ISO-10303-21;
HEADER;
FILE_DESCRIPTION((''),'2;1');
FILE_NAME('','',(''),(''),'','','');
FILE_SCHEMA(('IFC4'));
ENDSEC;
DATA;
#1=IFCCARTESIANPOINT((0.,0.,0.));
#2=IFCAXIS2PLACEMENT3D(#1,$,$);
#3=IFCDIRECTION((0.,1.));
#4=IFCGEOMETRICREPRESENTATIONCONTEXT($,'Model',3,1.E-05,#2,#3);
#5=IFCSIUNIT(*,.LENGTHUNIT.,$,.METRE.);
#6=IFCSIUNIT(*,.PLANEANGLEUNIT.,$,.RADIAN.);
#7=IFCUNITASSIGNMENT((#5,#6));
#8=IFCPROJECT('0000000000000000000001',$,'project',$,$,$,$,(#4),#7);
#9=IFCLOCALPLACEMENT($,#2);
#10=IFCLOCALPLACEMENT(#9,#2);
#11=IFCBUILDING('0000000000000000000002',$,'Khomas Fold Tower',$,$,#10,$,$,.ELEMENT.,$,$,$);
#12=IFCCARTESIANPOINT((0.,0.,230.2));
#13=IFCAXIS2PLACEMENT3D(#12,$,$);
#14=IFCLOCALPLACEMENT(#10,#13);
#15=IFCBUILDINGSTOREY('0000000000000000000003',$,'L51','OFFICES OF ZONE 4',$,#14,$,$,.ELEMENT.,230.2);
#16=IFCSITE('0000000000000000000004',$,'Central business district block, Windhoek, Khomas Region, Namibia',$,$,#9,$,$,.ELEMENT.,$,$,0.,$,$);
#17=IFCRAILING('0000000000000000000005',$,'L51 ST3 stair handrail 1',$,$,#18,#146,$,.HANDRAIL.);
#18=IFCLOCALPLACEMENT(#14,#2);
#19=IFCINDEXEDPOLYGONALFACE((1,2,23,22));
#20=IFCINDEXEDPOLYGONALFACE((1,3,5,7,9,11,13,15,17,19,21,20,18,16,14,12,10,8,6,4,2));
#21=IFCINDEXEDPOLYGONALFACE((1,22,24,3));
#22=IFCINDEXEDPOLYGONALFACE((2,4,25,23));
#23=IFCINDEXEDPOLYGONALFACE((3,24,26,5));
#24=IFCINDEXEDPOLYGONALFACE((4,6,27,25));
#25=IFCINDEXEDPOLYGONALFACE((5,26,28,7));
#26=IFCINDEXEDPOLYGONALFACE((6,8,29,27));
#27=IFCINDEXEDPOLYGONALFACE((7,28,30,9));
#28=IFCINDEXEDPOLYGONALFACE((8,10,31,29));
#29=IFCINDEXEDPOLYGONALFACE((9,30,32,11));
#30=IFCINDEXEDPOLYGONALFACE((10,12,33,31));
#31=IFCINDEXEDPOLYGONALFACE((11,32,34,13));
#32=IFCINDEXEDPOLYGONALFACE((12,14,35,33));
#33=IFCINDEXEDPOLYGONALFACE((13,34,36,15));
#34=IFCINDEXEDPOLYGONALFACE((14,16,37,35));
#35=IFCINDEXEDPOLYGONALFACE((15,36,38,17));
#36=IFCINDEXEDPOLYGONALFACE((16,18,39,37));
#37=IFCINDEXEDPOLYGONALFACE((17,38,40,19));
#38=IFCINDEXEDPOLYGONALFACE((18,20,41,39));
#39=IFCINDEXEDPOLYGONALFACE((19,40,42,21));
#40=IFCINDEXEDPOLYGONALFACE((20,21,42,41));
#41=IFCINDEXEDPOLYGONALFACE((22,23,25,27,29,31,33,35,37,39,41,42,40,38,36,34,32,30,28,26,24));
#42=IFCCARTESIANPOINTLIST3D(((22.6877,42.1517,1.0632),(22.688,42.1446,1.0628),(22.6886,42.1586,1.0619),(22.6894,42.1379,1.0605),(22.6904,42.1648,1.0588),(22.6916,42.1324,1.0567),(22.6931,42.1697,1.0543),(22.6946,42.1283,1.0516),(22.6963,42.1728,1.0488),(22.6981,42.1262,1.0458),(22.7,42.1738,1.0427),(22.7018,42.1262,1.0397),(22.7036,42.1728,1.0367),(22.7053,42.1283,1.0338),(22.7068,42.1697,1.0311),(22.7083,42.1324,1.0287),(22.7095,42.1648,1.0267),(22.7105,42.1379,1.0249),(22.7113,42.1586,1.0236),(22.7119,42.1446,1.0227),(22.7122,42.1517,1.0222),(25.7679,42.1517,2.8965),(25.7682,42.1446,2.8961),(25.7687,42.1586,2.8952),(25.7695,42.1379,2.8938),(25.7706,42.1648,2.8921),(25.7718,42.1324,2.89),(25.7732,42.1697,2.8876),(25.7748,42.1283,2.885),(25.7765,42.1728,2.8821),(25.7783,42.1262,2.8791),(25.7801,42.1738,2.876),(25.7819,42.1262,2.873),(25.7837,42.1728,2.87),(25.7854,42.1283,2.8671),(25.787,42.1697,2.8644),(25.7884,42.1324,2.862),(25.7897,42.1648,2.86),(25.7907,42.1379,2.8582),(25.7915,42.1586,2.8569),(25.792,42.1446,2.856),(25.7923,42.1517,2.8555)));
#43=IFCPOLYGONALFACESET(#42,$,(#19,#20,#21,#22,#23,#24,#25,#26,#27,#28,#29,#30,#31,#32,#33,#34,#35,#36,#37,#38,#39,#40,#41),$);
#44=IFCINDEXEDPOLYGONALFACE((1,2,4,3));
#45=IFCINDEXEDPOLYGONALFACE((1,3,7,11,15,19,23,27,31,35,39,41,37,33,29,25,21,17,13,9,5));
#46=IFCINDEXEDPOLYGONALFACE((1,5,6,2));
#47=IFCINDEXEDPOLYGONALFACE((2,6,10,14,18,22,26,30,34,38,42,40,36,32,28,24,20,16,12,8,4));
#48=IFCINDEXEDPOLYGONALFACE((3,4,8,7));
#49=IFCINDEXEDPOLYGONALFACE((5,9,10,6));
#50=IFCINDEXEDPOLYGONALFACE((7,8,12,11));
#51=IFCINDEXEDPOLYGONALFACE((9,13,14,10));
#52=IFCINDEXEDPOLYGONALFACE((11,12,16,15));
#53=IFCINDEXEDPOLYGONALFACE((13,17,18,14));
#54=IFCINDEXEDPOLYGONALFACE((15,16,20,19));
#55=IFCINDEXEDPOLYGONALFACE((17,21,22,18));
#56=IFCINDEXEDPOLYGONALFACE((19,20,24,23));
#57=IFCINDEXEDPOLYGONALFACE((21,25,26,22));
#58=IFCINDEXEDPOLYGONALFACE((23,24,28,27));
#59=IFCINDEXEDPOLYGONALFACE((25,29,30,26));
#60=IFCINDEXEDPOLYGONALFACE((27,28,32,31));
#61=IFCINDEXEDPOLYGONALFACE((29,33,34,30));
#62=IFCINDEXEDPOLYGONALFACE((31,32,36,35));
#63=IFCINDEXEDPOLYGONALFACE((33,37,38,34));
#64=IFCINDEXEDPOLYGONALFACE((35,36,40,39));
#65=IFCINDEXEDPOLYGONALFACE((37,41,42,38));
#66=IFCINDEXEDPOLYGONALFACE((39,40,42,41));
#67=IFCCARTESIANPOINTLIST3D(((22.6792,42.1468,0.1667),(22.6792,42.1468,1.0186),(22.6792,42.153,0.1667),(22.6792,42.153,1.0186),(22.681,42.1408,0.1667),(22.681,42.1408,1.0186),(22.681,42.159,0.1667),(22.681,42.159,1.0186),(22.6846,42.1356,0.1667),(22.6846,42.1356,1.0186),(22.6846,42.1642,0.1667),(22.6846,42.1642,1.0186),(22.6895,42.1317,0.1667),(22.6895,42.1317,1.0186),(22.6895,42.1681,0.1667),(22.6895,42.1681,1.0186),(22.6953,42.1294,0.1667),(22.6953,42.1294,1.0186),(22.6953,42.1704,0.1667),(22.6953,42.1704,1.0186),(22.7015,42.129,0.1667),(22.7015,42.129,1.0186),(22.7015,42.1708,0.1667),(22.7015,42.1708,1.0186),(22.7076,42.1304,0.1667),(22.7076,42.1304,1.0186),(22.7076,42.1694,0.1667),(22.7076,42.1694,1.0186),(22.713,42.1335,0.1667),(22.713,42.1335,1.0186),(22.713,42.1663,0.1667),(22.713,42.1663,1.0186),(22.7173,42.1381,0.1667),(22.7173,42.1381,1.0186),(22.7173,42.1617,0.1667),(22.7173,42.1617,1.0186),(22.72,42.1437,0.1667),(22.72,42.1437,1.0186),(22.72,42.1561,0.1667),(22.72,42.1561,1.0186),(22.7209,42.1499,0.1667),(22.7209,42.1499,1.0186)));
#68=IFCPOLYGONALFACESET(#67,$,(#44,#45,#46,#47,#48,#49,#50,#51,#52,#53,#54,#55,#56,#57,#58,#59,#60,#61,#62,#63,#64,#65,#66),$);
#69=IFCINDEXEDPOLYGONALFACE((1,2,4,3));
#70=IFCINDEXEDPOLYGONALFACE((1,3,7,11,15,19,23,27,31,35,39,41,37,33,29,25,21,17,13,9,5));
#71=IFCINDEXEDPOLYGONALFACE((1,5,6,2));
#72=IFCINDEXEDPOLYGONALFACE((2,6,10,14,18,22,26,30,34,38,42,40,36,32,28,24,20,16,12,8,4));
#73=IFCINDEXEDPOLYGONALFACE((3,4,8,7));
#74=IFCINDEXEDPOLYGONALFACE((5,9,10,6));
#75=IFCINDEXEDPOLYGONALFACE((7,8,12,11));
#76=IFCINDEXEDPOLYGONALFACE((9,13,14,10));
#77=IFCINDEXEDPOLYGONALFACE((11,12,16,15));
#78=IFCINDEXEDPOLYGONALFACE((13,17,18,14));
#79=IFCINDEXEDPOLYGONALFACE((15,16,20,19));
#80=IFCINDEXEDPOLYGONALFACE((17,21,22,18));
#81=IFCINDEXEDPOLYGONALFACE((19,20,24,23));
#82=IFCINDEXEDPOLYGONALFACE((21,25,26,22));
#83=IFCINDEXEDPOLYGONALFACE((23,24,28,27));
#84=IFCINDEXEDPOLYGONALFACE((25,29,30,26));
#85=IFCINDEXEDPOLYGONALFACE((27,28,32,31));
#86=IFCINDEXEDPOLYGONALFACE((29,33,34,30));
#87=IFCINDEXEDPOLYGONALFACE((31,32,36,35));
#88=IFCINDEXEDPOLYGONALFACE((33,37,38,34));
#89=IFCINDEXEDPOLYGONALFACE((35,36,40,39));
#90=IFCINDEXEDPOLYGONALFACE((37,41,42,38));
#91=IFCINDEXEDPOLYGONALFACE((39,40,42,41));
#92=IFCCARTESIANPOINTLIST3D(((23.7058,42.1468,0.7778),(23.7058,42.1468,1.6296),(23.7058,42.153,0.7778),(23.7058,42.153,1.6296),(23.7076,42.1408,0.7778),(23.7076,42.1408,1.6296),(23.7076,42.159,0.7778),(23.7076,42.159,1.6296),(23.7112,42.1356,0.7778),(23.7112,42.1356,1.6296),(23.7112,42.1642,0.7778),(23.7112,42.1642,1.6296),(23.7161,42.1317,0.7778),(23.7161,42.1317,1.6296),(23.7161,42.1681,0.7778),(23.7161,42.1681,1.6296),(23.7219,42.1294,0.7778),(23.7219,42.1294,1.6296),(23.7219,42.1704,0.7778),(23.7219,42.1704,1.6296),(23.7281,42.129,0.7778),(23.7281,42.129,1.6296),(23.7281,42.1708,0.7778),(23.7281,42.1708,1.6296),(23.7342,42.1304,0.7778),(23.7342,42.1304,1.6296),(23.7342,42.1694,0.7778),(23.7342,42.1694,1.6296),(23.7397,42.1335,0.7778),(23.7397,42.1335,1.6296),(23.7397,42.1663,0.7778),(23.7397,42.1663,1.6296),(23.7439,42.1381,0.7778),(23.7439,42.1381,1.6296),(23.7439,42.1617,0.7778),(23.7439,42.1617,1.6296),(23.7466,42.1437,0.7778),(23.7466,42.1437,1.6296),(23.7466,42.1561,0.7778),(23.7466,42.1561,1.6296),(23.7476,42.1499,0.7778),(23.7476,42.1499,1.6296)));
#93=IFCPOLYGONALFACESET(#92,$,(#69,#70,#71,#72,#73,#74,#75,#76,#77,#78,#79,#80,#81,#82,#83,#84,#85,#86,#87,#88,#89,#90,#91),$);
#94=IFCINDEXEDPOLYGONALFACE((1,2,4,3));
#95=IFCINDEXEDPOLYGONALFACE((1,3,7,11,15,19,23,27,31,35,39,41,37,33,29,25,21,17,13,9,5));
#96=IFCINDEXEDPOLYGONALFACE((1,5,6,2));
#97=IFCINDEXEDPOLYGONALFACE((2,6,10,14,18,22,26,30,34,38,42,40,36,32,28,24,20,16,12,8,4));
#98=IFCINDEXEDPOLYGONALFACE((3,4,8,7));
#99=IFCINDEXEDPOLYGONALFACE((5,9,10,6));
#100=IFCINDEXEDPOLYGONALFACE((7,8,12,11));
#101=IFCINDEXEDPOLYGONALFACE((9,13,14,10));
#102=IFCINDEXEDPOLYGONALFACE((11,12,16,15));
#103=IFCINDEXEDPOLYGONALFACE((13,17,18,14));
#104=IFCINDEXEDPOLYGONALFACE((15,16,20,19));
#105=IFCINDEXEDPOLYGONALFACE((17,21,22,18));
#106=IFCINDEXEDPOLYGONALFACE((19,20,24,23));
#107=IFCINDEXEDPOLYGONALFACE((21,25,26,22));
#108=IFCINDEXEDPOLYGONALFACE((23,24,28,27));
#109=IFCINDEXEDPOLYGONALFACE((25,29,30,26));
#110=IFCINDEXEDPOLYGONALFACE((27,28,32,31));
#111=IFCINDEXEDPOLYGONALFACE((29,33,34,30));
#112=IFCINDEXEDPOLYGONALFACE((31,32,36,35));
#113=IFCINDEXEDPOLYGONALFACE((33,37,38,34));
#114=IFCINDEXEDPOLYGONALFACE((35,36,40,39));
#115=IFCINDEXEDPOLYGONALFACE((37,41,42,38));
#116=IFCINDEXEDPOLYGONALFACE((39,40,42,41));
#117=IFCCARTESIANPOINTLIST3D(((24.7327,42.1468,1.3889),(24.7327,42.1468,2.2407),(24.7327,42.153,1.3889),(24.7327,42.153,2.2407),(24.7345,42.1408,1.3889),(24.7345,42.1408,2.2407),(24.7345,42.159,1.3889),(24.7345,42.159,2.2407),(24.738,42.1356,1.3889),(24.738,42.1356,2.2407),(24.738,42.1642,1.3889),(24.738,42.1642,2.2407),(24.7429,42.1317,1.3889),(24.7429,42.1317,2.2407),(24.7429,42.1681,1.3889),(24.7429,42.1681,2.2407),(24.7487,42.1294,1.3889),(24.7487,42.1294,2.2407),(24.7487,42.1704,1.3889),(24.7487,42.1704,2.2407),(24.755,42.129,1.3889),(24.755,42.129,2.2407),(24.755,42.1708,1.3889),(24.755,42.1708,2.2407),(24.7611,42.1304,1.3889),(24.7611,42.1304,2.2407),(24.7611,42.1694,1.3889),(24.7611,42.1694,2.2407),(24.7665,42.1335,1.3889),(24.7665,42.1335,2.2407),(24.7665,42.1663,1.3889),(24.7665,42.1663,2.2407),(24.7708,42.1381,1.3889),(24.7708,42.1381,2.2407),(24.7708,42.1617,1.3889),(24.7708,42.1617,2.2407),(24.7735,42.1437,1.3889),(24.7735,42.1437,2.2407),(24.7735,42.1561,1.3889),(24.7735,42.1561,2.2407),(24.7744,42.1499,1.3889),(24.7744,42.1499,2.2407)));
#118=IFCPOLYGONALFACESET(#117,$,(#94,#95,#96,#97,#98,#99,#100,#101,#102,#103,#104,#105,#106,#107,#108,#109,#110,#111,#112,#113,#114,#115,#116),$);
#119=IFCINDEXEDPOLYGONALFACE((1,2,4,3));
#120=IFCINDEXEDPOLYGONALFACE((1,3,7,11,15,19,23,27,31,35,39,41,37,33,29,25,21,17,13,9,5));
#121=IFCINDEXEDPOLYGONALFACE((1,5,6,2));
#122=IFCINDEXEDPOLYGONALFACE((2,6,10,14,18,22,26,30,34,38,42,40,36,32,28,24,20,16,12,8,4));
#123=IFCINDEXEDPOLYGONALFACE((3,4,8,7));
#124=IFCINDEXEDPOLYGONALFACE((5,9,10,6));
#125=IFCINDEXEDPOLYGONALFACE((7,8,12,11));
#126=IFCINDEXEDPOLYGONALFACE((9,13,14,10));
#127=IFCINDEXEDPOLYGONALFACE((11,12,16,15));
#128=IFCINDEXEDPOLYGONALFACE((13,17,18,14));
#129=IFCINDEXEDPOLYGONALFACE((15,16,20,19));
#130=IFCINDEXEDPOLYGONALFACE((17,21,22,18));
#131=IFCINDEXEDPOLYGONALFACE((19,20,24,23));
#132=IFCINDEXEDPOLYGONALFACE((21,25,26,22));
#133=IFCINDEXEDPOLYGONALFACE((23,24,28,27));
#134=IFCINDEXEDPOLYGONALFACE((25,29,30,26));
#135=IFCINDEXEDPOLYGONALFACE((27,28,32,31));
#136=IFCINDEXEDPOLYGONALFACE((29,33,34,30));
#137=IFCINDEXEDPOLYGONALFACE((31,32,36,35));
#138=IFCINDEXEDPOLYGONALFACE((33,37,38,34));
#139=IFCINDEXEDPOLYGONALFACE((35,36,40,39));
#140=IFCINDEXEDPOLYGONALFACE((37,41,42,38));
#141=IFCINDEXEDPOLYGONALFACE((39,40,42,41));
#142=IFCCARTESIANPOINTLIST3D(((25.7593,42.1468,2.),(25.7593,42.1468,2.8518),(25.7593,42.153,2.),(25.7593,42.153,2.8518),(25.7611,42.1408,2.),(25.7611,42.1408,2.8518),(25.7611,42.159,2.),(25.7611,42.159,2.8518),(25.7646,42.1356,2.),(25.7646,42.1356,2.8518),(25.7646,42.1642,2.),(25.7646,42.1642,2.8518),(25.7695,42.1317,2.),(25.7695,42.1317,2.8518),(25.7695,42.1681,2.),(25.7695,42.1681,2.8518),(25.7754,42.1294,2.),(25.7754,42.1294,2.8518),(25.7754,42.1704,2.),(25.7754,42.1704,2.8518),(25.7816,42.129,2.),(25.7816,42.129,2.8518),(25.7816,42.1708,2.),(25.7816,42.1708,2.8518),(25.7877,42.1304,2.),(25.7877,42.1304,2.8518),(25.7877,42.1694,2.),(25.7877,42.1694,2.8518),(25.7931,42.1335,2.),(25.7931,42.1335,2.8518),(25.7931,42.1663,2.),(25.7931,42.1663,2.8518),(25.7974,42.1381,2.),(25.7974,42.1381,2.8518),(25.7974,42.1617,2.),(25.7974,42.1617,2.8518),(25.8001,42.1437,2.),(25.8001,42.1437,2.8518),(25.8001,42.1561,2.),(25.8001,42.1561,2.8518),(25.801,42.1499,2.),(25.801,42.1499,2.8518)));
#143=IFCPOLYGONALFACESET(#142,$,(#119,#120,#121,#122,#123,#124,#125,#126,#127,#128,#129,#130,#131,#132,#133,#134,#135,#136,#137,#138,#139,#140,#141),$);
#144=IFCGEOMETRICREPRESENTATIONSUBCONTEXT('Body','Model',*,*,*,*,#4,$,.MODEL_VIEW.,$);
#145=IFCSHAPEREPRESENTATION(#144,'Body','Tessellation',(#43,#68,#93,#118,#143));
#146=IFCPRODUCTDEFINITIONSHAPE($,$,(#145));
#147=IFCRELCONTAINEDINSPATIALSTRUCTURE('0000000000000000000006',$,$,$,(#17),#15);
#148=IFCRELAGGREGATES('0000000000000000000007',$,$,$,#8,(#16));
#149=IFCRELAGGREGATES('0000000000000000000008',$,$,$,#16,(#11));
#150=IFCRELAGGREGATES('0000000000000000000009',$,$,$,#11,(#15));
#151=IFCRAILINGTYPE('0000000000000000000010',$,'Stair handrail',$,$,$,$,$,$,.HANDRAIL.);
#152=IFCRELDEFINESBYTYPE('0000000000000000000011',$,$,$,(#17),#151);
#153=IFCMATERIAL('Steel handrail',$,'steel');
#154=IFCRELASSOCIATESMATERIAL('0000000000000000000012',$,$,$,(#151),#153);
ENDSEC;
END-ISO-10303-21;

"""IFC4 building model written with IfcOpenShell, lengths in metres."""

from ifc_helpers import new_model, si_unit, direction, frame, origin, origin_2d, place, context, subcontext, project, spatial, circle, extrude, source, transform, mapped, material, type_object, element, save


model = new_model("IFC4")

# Units and contexts
model_context = context("Model", 3, precision=1e-05, world=origin(), true_north=direction((0.0, 1.0)))
body_context = subcontext(model_context, "Body", "Model", "MODEL_VIEW")
ifc_project = project(units=[si_unit("LENGTHUNIT", "METRE"), si_unit("PLANEANGLEUNIT", "RADIAN")], contexts=[model_context])

# Site, building, storey
site_placement = place(None, origin())
site = spatial("IfcSite", under=ifc_project, at=site_placement, Name="Central business district block, Windhoek, Khomas Region, Namibia", CompositionType="ELEMENT", RefElevation=0.0)
building_placement = place(site_placement, origin())
building = spatial("IfcBuilding", under=site, at=building_placement, Name="Khomas Fold Tower", CompositionType="ELEMENT")
storey_placement = place(building_placement, frame((0.0, 0.0, 230.2)))
storey = spatial("IfcBuildingStorey", under=building, at=storey_placement, Name="L51", Description="OFFICES OF ZONE 4", CompositionType="ELEMENT", Elevation=230.2)

# Railing
ifc_material_1 = material(Name="Steel handrail", Category="steel")
railing_type_1 = type_object("IfcRailingType", Name="Stair handrail", PredefinedType="HANDRAIL", material=ifc_material_1)
shared_shape_1 = source(origin(), body_context, "Body", "SweptSolid", [
    extrude(circle(Radius=0.0239, at=origin_2d()), frame((0.0, 0.0, 0.876), z_axis=(0.859309, 0.0, 0.511458), x_axis=(0.0, 1.0, 0.0)), (0.0, 0.0, 1.0), 3.5845),
    extrude(circle(Radius=0.021, at=origin_2d()), origin(), (0.0, 0.0, 1.0), 0.8518),
    extrude(circle(Radius=0.021, at=origin_2d()), frame((1.0266, 0.0, 0.6111)), (0.0, 0.0, 1.0), 0.8518),
    extrude(circle(Radius=0.021, at=origin_2d()), frame((2.0535, 0.0, 1.2222)), (0.0, 0.0, 1.0), 0.8518),
    extrude(circle(Radius=0.021, at=origin_2d()), frame((3.0801, 0.0, 1.8333)), (0.0, 0.0, 1.0), 0.8518),
])
railing_1_placement = place(storey_placement, frame((22.7, 42.1499, 0.1667)))
element("IfcRailing", 1, at=railing_1_placement, inside=storey, type_object=railing_type_1, Name="L51 ST3 stair handrail 1", PredefinedType="HANDRAIL", context=body_context, shape_type="MappedRepresentation", body=[
    mapped(shared_shape_1, transform((0.0, 0.0, 0.0))),
])

save(model, "model.ifc")
